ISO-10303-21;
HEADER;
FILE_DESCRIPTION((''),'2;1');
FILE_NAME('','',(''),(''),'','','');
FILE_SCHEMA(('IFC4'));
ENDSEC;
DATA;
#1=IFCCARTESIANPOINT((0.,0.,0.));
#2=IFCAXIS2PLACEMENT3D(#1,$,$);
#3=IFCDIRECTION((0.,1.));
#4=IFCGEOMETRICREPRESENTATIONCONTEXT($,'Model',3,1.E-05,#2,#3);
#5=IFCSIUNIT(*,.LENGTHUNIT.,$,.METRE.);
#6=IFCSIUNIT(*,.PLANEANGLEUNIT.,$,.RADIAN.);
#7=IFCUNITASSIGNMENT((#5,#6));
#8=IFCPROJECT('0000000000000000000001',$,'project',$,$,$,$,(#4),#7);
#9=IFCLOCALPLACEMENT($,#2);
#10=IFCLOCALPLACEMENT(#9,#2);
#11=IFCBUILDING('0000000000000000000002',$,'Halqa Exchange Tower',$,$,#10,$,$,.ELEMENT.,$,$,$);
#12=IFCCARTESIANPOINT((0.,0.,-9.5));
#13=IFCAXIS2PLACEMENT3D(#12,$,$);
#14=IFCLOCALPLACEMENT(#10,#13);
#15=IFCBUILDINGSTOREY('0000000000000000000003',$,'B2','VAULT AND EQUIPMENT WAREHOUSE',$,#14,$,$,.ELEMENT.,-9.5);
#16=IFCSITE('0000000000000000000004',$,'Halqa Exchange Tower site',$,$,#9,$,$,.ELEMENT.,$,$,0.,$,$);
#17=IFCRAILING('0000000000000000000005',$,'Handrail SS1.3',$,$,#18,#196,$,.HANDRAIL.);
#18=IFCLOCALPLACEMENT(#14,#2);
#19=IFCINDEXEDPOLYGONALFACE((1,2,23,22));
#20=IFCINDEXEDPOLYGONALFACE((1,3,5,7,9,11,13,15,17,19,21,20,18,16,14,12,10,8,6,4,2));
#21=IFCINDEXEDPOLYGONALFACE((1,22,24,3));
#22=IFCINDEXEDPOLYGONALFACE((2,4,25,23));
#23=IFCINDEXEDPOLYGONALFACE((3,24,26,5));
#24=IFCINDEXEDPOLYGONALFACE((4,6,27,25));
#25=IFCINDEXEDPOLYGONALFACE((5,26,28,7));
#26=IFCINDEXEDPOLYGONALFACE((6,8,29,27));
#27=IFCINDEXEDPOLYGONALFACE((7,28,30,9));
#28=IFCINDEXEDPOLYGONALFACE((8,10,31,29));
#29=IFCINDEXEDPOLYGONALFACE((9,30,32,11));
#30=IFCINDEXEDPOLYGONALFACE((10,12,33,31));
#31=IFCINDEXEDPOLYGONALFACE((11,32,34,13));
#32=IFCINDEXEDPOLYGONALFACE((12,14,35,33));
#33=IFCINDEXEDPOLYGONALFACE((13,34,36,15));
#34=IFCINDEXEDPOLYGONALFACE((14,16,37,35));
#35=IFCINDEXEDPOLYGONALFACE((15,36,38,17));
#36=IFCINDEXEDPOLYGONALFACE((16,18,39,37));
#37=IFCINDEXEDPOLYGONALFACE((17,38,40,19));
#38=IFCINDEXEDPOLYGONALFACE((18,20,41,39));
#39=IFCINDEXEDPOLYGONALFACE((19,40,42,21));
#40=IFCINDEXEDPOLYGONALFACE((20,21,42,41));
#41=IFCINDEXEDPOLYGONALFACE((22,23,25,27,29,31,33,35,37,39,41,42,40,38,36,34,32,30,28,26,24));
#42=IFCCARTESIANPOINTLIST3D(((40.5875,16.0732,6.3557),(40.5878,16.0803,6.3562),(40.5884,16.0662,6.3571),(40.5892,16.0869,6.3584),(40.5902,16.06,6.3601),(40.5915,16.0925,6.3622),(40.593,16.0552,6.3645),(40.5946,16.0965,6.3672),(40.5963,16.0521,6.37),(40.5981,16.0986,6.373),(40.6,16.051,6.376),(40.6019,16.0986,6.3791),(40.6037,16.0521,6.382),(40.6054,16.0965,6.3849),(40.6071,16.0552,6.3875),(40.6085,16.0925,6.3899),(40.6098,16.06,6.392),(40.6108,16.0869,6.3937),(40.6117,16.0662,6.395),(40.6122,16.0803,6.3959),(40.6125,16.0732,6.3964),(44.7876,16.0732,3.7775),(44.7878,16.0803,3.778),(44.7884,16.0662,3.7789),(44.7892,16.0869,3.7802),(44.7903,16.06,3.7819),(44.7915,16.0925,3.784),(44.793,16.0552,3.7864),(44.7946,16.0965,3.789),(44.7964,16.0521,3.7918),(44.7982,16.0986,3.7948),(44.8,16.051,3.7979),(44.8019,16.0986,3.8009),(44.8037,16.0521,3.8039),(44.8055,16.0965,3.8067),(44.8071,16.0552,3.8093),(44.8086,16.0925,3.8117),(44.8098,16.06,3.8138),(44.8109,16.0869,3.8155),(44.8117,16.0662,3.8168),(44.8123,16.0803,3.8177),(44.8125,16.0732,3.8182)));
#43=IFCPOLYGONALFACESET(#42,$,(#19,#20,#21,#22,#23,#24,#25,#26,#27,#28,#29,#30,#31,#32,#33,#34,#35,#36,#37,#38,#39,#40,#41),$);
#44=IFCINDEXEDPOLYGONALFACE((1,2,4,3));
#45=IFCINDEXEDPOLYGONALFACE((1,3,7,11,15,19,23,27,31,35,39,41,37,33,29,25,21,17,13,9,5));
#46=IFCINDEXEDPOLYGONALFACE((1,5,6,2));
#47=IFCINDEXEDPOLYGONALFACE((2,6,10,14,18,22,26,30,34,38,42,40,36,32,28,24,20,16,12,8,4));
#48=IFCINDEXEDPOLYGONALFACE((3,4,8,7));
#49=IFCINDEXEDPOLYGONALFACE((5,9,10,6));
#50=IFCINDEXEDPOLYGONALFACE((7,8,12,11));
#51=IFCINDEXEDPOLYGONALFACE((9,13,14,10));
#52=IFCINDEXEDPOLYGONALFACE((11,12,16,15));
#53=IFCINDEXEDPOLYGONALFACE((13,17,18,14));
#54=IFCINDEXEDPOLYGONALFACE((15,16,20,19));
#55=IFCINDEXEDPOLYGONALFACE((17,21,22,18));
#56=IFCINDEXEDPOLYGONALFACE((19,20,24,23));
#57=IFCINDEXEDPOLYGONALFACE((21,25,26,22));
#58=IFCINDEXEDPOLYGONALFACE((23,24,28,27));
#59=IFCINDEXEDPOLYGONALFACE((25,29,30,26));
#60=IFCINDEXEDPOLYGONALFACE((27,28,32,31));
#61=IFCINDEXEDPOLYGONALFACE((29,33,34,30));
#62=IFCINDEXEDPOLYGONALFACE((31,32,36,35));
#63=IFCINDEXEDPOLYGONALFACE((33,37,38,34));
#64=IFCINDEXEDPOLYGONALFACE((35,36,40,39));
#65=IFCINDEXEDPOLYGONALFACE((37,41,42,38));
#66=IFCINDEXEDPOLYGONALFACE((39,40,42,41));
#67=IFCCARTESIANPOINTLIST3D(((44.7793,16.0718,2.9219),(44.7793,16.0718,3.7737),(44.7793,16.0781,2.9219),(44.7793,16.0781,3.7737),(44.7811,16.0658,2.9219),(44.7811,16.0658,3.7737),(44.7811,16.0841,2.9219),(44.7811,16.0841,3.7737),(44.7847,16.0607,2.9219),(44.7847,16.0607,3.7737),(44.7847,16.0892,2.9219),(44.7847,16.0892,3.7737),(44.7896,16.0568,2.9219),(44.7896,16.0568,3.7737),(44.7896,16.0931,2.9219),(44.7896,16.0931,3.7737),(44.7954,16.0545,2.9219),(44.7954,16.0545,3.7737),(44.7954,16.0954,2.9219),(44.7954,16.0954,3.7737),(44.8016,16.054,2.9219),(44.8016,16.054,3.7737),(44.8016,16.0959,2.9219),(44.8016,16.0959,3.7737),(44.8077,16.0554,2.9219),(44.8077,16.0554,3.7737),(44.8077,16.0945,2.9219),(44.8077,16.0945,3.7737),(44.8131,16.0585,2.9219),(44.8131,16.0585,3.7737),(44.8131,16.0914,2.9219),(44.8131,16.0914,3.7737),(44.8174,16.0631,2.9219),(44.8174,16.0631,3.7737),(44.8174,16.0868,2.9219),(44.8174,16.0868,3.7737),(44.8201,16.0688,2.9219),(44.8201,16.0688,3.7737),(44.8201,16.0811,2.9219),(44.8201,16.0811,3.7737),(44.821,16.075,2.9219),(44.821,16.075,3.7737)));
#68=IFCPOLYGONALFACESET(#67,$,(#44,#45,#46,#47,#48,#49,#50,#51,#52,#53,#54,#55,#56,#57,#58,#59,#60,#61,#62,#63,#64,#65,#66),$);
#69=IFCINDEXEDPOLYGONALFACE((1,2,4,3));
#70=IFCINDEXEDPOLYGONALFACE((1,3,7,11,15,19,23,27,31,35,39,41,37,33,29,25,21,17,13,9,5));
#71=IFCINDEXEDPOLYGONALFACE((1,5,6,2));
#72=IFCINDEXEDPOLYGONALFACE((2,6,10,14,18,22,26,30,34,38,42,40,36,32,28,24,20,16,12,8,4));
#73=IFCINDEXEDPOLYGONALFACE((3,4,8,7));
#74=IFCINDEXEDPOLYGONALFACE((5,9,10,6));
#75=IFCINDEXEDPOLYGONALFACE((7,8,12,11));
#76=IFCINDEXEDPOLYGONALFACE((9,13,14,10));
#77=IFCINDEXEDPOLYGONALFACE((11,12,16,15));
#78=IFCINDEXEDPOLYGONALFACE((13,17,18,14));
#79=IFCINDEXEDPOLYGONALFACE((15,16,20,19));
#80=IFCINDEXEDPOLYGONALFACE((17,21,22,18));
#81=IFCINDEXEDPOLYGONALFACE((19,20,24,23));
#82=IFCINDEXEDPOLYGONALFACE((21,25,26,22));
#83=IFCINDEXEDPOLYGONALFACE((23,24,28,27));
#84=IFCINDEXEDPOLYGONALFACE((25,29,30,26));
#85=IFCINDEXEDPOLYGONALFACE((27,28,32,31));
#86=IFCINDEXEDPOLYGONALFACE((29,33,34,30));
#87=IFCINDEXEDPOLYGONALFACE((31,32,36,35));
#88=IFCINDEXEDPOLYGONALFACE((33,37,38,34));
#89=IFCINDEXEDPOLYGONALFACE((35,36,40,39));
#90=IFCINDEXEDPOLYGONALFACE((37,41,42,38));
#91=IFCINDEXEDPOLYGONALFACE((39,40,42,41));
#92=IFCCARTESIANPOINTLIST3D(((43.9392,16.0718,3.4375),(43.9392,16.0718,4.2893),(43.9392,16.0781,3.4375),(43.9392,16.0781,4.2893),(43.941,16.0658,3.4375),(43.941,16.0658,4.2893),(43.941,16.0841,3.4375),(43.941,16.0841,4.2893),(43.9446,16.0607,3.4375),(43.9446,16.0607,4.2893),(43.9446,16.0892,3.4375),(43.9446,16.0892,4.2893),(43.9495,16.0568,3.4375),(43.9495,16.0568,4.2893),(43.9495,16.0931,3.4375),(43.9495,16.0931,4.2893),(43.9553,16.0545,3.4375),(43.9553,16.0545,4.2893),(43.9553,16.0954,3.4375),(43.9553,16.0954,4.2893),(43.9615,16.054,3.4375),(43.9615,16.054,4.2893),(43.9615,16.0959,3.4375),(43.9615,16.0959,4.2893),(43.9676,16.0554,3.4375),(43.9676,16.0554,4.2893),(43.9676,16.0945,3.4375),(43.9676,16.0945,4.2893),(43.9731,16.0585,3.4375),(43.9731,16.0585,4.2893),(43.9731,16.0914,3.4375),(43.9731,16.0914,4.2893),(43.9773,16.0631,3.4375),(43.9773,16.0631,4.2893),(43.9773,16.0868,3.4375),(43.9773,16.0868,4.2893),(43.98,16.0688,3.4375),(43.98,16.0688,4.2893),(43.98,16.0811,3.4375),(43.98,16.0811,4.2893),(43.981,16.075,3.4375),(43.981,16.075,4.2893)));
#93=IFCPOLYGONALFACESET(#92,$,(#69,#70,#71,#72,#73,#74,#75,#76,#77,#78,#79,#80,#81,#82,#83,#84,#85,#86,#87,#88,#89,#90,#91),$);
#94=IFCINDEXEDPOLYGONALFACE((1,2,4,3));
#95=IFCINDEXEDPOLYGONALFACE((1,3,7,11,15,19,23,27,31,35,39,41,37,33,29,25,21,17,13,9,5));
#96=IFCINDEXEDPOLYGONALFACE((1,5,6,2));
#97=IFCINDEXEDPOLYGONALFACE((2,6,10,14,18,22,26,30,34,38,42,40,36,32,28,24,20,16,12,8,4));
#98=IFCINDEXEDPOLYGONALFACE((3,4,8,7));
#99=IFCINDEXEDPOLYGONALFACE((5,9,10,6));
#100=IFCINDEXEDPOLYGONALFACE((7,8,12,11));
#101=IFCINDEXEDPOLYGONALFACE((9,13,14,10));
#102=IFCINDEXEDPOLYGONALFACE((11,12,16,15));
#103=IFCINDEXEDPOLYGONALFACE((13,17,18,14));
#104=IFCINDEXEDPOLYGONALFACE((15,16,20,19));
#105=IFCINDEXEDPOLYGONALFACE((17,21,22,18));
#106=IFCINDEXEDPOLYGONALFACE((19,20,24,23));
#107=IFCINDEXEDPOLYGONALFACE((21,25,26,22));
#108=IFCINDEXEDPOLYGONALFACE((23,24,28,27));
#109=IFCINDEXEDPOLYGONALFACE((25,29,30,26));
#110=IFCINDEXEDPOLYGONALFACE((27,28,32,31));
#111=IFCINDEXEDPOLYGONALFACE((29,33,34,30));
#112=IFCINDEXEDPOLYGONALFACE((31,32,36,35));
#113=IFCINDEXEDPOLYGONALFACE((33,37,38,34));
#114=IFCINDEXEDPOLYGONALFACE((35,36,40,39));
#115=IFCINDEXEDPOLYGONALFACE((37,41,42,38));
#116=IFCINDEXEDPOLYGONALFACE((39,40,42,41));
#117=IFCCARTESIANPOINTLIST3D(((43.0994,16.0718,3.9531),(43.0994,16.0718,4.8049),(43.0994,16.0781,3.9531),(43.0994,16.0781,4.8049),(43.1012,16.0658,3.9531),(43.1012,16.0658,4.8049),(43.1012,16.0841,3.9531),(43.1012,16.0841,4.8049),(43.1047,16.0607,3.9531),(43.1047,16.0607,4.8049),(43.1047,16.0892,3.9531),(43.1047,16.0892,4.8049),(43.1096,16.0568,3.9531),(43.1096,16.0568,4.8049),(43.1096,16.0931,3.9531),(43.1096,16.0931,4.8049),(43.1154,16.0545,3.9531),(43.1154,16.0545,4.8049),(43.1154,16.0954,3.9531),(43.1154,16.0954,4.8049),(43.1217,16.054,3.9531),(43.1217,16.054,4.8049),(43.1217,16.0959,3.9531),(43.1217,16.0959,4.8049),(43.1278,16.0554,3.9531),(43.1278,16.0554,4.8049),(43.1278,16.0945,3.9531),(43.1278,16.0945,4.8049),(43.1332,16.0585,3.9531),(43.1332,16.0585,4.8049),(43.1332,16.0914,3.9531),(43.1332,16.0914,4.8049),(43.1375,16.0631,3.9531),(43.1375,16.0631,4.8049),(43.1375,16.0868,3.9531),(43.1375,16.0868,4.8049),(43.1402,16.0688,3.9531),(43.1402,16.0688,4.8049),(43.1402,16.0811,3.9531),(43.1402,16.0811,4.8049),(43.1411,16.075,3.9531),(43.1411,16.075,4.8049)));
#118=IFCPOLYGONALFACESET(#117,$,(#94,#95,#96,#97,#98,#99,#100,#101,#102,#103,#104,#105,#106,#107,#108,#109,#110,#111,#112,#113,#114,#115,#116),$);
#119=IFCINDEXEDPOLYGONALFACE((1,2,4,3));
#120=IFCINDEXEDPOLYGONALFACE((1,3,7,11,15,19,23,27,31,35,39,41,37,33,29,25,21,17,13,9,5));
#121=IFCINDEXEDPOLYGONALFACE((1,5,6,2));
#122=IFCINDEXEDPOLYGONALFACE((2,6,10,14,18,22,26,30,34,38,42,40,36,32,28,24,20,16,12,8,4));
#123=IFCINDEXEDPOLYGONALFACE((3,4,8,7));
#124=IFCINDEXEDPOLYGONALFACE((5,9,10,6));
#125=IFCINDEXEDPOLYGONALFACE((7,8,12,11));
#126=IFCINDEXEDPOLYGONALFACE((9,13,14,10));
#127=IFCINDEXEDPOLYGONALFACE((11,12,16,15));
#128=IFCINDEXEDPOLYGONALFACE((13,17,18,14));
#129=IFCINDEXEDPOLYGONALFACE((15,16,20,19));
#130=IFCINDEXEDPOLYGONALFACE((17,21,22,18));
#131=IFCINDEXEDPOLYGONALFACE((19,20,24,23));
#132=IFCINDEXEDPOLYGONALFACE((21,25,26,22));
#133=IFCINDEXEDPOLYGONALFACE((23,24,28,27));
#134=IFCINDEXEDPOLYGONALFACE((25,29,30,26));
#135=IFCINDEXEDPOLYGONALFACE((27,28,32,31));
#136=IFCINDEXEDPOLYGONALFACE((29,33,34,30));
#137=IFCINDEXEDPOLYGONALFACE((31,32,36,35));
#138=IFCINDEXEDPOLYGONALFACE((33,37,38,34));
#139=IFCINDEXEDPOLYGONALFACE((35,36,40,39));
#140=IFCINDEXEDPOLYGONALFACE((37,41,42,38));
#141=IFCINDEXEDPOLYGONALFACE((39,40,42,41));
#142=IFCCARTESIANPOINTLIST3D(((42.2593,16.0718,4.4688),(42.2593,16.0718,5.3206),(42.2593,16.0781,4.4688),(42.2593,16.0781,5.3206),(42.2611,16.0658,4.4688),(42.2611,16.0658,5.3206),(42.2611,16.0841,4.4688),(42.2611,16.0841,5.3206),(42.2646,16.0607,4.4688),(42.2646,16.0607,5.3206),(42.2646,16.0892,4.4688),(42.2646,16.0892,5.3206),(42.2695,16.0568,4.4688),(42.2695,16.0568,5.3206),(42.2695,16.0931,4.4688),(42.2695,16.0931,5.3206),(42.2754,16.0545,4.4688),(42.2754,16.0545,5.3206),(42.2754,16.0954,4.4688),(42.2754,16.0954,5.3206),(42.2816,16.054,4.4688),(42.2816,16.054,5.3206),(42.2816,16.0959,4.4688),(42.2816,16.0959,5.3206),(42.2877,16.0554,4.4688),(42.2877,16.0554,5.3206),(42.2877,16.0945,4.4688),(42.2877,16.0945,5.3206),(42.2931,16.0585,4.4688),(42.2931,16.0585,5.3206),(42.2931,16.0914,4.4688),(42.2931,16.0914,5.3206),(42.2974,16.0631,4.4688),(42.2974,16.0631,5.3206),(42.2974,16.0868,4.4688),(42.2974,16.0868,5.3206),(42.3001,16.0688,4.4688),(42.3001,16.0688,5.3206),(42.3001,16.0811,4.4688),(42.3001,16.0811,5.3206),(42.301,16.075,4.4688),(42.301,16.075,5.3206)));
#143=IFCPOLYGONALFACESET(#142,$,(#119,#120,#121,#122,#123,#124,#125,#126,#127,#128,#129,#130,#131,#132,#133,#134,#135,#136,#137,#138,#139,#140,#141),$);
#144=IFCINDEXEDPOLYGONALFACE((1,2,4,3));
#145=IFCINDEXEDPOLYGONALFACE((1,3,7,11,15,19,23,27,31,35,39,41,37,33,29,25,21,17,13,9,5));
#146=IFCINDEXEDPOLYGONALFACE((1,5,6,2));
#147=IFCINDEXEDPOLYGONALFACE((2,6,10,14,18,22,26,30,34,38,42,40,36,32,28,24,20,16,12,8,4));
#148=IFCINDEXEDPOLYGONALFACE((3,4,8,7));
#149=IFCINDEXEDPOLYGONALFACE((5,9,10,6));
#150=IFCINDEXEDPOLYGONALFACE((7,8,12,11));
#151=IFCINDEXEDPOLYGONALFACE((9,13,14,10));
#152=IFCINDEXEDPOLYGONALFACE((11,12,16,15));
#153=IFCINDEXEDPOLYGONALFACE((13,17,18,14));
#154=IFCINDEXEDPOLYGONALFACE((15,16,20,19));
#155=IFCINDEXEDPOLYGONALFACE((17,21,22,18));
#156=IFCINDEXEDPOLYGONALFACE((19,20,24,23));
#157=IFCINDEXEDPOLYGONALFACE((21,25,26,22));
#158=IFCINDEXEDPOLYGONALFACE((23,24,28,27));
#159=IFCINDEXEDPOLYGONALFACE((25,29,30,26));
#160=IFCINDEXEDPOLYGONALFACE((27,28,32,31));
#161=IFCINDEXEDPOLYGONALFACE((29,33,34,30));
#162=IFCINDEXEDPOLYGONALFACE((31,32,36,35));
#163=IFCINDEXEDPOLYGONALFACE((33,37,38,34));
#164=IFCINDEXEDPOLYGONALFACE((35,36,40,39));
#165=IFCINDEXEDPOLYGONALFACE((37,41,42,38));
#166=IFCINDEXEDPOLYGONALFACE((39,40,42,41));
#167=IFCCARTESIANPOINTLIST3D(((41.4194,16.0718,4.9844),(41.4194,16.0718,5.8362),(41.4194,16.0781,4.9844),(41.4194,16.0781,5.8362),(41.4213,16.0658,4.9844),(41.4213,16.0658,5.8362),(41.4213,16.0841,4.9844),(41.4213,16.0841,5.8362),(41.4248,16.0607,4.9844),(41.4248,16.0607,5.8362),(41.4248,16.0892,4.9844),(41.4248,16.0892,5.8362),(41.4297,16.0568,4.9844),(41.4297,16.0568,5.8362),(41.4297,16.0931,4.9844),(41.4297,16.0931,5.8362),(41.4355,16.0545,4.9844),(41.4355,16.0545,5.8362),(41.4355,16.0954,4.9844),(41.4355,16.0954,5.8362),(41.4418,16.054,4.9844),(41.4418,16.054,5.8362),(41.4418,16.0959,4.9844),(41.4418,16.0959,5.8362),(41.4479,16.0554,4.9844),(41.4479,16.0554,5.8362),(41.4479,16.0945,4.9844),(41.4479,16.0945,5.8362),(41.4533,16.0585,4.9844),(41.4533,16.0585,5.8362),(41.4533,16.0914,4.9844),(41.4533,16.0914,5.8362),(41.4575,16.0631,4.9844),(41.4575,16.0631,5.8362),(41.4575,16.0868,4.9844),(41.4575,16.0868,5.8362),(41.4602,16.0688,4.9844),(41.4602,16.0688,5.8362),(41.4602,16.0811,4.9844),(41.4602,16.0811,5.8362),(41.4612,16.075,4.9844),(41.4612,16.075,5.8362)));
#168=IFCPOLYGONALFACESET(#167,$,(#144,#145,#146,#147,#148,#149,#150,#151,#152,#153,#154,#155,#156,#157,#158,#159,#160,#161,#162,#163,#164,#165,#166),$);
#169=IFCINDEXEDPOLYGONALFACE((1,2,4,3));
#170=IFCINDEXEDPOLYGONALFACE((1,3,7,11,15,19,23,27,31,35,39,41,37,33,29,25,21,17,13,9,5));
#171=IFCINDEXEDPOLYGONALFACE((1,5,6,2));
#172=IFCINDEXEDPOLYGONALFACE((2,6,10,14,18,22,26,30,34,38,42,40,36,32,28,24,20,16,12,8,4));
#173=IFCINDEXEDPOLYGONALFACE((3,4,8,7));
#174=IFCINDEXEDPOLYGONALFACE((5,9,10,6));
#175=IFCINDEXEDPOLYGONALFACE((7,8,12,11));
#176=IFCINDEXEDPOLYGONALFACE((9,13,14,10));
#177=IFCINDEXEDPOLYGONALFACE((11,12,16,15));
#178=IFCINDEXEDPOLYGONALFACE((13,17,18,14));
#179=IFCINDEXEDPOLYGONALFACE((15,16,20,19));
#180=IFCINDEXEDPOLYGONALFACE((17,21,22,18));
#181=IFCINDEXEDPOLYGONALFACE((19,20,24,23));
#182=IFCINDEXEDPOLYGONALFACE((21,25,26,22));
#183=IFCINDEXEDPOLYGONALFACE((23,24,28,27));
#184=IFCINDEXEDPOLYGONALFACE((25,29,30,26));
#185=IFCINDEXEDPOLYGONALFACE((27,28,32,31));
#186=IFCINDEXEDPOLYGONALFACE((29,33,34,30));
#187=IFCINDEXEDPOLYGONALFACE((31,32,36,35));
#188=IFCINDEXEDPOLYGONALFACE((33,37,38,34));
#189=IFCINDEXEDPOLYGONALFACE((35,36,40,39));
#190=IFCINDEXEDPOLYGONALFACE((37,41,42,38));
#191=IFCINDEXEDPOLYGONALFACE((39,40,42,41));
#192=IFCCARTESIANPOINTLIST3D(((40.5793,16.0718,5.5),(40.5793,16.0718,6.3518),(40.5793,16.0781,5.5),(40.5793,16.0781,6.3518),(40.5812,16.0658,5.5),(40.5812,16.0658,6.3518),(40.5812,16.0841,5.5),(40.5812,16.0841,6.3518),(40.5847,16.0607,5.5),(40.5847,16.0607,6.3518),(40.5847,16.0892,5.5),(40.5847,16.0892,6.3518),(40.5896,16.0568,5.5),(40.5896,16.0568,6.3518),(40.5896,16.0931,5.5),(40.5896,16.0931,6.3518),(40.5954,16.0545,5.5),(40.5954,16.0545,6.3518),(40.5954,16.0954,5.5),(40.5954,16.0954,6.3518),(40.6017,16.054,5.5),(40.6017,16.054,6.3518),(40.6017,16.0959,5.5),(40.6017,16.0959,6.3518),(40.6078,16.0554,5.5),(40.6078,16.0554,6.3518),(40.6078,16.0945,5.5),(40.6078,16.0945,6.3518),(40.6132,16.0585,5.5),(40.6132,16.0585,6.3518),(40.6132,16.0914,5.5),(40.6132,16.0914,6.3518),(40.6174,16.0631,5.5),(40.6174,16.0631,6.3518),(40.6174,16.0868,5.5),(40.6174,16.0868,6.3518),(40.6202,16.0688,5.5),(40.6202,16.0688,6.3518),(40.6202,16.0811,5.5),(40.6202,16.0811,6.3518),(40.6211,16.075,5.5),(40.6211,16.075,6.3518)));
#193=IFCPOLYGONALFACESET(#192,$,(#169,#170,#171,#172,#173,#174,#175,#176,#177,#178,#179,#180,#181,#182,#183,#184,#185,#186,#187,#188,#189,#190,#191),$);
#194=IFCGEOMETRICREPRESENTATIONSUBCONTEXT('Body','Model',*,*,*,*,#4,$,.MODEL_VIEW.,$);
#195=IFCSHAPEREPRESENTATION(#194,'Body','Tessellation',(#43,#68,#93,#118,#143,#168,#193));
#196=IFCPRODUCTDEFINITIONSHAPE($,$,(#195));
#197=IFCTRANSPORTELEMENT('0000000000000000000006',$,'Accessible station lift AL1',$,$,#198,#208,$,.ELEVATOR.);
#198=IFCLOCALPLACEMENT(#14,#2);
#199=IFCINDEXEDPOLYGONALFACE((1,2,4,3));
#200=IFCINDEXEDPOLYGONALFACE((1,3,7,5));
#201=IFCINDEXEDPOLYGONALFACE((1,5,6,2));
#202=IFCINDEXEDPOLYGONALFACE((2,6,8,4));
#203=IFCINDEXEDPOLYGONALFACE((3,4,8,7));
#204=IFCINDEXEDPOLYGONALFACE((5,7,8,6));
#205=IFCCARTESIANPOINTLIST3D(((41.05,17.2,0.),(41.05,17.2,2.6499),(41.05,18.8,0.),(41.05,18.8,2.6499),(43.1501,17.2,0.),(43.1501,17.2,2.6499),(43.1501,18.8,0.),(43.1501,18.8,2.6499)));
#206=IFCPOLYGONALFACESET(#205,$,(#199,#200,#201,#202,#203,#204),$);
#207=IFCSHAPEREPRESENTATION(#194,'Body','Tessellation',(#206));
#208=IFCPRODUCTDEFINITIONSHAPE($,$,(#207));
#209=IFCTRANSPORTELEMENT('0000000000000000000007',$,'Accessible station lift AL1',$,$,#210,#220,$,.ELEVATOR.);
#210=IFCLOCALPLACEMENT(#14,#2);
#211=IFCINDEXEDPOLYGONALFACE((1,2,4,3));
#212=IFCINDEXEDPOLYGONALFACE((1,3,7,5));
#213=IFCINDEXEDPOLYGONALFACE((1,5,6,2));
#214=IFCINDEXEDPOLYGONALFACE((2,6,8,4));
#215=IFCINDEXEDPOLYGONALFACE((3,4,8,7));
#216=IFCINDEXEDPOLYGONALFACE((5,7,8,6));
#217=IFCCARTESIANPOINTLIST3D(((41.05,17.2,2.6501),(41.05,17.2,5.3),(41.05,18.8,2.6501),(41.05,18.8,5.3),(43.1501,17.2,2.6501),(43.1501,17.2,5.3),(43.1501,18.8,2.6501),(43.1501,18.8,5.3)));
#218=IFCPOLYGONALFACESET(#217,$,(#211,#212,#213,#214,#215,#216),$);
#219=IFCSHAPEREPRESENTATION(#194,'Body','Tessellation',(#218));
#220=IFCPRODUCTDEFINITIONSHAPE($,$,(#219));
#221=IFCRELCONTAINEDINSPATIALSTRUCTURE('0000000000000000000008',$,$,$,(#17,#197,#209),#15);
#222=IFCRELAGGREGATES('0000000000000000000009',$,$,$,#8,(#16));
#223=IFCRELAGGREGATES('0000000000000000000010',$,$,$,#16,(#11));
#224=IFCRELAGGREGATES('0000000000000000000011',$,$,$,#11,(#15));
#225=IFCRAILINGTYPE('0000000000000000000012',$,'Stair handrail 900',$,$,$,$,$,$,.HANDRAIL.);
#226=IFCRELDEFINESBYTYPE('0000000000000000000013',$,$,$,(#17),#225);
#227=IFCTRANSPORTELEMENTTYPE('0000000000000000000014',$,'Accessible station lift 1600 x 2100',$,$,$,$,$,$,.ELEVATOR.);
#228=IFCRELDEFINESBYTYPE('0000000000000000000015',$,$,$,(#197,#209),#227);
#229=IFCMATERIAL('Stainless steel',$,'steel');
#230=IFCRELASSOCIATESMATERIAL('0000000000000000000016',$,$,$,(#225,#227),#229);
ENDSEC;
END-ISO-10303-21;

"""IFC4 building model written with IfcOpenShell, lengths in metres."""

from ifc_helpers import new_model, si_unit, direction, frame, origin, origin_2d, place, context, subcontext, project, spatial, rectangle, circle, extrude, material, type_object, element, save


model = new_model("IFC4")

# Units and contexts
model_context = context("Model", 3, precision=1e-05, world=origin(), true_north=direction((0.0, 1.0)))
body_context = subcontext(model_context, "Body", "Model", "MODEL_VIEW")
ifc_project = project(units=[si_unit("LENGTHUNIT", "METRE"), si_unit("PLANEANGLEUNIT", "RADIAN")], contexts=[model_context])

# Site, building, storey
site_placement = place(None, origin())
site = spatial("IfcSite", under=ifc_project, at=site_placement, Name="Halqa Exchange Tower site", CompositionType="ELEMENT", RefElevation=0.0)
building_placement = place(site_placement, origin())
building = spatial("IfcBuilding", under=site, at=building_placement, Name="Halqa Exchange Tower", CompositionType="ELEMENT")
storey_placement = place(building_placement, frame((0.0, 0.0, -9.5)))
storey = spatial("IfcBuildingStorey", under=building, at=storey_placement, Name="B2", Description="VAULT AND EQUIPMENT WAREHOUSE", CompositionType="ELEMENT", Elevation=-9.5)

# Shared definitions
ifc_material_1 = material(Name="Stainless steel", Category="steel")

# Railing
railing_type = type_object("IfcRailingType", Name="Stair handrail 900", PredefinedType="HANDRAIL", material=ifc_material_1)
railing_placement = place(storey_placement, frame((44.8, 16.075, 2.9219)))
element("IfcRailing", 1, at=railing_placement, inside=storey, type_object=railing_type, Name="Handrail SS1.3", PredefinedType="HANDRAIL", context=body_context, shape_type="SweptSolid", body=[
    extrude(circle(Radius=0.0239, at=origin_2d()), frame((0.0, 0.0, 0.876), z_axis=(-0.852243, 0.0, 0.523146), x_axis=(0.0, -1.0, 0.0)), (0.0, 0.0, 1.0), 4.9282),
    extrude(circle(Radius=0.021, at=origin_2d()), origin(), (0.0, 0.0, 1.0), 0.8518),
    extrude(circle(Radius=0.021, at=origin_2d()), frame((-0.8401, 0.0, 0.5156)), (0.0, 0.0, 1.0), 0.8518),
    extrude(circle(Radius=0.021, at=origin_2d()), frame((-1.6799, 0.0, 1.0312)), (0.0, 0.0, 1.0), 0.8518),
    extrude(circle(Radius=0.021, at=origin_2d()), frame((-2.52, 0.0, 1.5469)), (0.0, 0.0, 1.0), 0.8518),
    extrude(circle(Radius=0.021, at=origin_2d()), frame((-3.3599, 0.0, 2.0625)), (0.0, 0.0, 1.0), 0.8518),
    extrude(circle(Radius=0.021, at=origin_2d()), frame((-4.2, 0.0, 2.5781)), (0.0, 0.0, 1.0), 0.8518),
])

# Transport elements
transport_element_type = type_object("IfcTransportElementType", Name="Accessible station lift 1600 x 2100", PredefinedType="ELEVATOR", material=ifc_material_1)
for number, where, z_axis, x_axis, name in (
    (2, (42.1001, 18.0, 0.0), (0.0, 0.0, 1.0), (1.0, 0.0, 0.0), "Accessible station lift AL1"),
    (3, (42.1001, 18.0, 2.6501), (0.0, 0.0, 1.0), (1.0, 0.0, 0.0), "Accessible station lift AL1"),
):
    element("IfcTransportElement", number, at=place(storey_placement, frame(where, z_axis=z_axis, x_axis=x_axis)), inside=storey, type_object=transport_element_type, Name=name, PredefinedType="ELEVATOR", context=body_context, shape_type="SweptSolid", body=[
        extrude(rectangle(XDim=2.1001, YDim=1.6001, at=origin_2d()), origin(), (0.0, 0.0, 1.0), 2.6499),
    ])

save(model, "model.ifc")
